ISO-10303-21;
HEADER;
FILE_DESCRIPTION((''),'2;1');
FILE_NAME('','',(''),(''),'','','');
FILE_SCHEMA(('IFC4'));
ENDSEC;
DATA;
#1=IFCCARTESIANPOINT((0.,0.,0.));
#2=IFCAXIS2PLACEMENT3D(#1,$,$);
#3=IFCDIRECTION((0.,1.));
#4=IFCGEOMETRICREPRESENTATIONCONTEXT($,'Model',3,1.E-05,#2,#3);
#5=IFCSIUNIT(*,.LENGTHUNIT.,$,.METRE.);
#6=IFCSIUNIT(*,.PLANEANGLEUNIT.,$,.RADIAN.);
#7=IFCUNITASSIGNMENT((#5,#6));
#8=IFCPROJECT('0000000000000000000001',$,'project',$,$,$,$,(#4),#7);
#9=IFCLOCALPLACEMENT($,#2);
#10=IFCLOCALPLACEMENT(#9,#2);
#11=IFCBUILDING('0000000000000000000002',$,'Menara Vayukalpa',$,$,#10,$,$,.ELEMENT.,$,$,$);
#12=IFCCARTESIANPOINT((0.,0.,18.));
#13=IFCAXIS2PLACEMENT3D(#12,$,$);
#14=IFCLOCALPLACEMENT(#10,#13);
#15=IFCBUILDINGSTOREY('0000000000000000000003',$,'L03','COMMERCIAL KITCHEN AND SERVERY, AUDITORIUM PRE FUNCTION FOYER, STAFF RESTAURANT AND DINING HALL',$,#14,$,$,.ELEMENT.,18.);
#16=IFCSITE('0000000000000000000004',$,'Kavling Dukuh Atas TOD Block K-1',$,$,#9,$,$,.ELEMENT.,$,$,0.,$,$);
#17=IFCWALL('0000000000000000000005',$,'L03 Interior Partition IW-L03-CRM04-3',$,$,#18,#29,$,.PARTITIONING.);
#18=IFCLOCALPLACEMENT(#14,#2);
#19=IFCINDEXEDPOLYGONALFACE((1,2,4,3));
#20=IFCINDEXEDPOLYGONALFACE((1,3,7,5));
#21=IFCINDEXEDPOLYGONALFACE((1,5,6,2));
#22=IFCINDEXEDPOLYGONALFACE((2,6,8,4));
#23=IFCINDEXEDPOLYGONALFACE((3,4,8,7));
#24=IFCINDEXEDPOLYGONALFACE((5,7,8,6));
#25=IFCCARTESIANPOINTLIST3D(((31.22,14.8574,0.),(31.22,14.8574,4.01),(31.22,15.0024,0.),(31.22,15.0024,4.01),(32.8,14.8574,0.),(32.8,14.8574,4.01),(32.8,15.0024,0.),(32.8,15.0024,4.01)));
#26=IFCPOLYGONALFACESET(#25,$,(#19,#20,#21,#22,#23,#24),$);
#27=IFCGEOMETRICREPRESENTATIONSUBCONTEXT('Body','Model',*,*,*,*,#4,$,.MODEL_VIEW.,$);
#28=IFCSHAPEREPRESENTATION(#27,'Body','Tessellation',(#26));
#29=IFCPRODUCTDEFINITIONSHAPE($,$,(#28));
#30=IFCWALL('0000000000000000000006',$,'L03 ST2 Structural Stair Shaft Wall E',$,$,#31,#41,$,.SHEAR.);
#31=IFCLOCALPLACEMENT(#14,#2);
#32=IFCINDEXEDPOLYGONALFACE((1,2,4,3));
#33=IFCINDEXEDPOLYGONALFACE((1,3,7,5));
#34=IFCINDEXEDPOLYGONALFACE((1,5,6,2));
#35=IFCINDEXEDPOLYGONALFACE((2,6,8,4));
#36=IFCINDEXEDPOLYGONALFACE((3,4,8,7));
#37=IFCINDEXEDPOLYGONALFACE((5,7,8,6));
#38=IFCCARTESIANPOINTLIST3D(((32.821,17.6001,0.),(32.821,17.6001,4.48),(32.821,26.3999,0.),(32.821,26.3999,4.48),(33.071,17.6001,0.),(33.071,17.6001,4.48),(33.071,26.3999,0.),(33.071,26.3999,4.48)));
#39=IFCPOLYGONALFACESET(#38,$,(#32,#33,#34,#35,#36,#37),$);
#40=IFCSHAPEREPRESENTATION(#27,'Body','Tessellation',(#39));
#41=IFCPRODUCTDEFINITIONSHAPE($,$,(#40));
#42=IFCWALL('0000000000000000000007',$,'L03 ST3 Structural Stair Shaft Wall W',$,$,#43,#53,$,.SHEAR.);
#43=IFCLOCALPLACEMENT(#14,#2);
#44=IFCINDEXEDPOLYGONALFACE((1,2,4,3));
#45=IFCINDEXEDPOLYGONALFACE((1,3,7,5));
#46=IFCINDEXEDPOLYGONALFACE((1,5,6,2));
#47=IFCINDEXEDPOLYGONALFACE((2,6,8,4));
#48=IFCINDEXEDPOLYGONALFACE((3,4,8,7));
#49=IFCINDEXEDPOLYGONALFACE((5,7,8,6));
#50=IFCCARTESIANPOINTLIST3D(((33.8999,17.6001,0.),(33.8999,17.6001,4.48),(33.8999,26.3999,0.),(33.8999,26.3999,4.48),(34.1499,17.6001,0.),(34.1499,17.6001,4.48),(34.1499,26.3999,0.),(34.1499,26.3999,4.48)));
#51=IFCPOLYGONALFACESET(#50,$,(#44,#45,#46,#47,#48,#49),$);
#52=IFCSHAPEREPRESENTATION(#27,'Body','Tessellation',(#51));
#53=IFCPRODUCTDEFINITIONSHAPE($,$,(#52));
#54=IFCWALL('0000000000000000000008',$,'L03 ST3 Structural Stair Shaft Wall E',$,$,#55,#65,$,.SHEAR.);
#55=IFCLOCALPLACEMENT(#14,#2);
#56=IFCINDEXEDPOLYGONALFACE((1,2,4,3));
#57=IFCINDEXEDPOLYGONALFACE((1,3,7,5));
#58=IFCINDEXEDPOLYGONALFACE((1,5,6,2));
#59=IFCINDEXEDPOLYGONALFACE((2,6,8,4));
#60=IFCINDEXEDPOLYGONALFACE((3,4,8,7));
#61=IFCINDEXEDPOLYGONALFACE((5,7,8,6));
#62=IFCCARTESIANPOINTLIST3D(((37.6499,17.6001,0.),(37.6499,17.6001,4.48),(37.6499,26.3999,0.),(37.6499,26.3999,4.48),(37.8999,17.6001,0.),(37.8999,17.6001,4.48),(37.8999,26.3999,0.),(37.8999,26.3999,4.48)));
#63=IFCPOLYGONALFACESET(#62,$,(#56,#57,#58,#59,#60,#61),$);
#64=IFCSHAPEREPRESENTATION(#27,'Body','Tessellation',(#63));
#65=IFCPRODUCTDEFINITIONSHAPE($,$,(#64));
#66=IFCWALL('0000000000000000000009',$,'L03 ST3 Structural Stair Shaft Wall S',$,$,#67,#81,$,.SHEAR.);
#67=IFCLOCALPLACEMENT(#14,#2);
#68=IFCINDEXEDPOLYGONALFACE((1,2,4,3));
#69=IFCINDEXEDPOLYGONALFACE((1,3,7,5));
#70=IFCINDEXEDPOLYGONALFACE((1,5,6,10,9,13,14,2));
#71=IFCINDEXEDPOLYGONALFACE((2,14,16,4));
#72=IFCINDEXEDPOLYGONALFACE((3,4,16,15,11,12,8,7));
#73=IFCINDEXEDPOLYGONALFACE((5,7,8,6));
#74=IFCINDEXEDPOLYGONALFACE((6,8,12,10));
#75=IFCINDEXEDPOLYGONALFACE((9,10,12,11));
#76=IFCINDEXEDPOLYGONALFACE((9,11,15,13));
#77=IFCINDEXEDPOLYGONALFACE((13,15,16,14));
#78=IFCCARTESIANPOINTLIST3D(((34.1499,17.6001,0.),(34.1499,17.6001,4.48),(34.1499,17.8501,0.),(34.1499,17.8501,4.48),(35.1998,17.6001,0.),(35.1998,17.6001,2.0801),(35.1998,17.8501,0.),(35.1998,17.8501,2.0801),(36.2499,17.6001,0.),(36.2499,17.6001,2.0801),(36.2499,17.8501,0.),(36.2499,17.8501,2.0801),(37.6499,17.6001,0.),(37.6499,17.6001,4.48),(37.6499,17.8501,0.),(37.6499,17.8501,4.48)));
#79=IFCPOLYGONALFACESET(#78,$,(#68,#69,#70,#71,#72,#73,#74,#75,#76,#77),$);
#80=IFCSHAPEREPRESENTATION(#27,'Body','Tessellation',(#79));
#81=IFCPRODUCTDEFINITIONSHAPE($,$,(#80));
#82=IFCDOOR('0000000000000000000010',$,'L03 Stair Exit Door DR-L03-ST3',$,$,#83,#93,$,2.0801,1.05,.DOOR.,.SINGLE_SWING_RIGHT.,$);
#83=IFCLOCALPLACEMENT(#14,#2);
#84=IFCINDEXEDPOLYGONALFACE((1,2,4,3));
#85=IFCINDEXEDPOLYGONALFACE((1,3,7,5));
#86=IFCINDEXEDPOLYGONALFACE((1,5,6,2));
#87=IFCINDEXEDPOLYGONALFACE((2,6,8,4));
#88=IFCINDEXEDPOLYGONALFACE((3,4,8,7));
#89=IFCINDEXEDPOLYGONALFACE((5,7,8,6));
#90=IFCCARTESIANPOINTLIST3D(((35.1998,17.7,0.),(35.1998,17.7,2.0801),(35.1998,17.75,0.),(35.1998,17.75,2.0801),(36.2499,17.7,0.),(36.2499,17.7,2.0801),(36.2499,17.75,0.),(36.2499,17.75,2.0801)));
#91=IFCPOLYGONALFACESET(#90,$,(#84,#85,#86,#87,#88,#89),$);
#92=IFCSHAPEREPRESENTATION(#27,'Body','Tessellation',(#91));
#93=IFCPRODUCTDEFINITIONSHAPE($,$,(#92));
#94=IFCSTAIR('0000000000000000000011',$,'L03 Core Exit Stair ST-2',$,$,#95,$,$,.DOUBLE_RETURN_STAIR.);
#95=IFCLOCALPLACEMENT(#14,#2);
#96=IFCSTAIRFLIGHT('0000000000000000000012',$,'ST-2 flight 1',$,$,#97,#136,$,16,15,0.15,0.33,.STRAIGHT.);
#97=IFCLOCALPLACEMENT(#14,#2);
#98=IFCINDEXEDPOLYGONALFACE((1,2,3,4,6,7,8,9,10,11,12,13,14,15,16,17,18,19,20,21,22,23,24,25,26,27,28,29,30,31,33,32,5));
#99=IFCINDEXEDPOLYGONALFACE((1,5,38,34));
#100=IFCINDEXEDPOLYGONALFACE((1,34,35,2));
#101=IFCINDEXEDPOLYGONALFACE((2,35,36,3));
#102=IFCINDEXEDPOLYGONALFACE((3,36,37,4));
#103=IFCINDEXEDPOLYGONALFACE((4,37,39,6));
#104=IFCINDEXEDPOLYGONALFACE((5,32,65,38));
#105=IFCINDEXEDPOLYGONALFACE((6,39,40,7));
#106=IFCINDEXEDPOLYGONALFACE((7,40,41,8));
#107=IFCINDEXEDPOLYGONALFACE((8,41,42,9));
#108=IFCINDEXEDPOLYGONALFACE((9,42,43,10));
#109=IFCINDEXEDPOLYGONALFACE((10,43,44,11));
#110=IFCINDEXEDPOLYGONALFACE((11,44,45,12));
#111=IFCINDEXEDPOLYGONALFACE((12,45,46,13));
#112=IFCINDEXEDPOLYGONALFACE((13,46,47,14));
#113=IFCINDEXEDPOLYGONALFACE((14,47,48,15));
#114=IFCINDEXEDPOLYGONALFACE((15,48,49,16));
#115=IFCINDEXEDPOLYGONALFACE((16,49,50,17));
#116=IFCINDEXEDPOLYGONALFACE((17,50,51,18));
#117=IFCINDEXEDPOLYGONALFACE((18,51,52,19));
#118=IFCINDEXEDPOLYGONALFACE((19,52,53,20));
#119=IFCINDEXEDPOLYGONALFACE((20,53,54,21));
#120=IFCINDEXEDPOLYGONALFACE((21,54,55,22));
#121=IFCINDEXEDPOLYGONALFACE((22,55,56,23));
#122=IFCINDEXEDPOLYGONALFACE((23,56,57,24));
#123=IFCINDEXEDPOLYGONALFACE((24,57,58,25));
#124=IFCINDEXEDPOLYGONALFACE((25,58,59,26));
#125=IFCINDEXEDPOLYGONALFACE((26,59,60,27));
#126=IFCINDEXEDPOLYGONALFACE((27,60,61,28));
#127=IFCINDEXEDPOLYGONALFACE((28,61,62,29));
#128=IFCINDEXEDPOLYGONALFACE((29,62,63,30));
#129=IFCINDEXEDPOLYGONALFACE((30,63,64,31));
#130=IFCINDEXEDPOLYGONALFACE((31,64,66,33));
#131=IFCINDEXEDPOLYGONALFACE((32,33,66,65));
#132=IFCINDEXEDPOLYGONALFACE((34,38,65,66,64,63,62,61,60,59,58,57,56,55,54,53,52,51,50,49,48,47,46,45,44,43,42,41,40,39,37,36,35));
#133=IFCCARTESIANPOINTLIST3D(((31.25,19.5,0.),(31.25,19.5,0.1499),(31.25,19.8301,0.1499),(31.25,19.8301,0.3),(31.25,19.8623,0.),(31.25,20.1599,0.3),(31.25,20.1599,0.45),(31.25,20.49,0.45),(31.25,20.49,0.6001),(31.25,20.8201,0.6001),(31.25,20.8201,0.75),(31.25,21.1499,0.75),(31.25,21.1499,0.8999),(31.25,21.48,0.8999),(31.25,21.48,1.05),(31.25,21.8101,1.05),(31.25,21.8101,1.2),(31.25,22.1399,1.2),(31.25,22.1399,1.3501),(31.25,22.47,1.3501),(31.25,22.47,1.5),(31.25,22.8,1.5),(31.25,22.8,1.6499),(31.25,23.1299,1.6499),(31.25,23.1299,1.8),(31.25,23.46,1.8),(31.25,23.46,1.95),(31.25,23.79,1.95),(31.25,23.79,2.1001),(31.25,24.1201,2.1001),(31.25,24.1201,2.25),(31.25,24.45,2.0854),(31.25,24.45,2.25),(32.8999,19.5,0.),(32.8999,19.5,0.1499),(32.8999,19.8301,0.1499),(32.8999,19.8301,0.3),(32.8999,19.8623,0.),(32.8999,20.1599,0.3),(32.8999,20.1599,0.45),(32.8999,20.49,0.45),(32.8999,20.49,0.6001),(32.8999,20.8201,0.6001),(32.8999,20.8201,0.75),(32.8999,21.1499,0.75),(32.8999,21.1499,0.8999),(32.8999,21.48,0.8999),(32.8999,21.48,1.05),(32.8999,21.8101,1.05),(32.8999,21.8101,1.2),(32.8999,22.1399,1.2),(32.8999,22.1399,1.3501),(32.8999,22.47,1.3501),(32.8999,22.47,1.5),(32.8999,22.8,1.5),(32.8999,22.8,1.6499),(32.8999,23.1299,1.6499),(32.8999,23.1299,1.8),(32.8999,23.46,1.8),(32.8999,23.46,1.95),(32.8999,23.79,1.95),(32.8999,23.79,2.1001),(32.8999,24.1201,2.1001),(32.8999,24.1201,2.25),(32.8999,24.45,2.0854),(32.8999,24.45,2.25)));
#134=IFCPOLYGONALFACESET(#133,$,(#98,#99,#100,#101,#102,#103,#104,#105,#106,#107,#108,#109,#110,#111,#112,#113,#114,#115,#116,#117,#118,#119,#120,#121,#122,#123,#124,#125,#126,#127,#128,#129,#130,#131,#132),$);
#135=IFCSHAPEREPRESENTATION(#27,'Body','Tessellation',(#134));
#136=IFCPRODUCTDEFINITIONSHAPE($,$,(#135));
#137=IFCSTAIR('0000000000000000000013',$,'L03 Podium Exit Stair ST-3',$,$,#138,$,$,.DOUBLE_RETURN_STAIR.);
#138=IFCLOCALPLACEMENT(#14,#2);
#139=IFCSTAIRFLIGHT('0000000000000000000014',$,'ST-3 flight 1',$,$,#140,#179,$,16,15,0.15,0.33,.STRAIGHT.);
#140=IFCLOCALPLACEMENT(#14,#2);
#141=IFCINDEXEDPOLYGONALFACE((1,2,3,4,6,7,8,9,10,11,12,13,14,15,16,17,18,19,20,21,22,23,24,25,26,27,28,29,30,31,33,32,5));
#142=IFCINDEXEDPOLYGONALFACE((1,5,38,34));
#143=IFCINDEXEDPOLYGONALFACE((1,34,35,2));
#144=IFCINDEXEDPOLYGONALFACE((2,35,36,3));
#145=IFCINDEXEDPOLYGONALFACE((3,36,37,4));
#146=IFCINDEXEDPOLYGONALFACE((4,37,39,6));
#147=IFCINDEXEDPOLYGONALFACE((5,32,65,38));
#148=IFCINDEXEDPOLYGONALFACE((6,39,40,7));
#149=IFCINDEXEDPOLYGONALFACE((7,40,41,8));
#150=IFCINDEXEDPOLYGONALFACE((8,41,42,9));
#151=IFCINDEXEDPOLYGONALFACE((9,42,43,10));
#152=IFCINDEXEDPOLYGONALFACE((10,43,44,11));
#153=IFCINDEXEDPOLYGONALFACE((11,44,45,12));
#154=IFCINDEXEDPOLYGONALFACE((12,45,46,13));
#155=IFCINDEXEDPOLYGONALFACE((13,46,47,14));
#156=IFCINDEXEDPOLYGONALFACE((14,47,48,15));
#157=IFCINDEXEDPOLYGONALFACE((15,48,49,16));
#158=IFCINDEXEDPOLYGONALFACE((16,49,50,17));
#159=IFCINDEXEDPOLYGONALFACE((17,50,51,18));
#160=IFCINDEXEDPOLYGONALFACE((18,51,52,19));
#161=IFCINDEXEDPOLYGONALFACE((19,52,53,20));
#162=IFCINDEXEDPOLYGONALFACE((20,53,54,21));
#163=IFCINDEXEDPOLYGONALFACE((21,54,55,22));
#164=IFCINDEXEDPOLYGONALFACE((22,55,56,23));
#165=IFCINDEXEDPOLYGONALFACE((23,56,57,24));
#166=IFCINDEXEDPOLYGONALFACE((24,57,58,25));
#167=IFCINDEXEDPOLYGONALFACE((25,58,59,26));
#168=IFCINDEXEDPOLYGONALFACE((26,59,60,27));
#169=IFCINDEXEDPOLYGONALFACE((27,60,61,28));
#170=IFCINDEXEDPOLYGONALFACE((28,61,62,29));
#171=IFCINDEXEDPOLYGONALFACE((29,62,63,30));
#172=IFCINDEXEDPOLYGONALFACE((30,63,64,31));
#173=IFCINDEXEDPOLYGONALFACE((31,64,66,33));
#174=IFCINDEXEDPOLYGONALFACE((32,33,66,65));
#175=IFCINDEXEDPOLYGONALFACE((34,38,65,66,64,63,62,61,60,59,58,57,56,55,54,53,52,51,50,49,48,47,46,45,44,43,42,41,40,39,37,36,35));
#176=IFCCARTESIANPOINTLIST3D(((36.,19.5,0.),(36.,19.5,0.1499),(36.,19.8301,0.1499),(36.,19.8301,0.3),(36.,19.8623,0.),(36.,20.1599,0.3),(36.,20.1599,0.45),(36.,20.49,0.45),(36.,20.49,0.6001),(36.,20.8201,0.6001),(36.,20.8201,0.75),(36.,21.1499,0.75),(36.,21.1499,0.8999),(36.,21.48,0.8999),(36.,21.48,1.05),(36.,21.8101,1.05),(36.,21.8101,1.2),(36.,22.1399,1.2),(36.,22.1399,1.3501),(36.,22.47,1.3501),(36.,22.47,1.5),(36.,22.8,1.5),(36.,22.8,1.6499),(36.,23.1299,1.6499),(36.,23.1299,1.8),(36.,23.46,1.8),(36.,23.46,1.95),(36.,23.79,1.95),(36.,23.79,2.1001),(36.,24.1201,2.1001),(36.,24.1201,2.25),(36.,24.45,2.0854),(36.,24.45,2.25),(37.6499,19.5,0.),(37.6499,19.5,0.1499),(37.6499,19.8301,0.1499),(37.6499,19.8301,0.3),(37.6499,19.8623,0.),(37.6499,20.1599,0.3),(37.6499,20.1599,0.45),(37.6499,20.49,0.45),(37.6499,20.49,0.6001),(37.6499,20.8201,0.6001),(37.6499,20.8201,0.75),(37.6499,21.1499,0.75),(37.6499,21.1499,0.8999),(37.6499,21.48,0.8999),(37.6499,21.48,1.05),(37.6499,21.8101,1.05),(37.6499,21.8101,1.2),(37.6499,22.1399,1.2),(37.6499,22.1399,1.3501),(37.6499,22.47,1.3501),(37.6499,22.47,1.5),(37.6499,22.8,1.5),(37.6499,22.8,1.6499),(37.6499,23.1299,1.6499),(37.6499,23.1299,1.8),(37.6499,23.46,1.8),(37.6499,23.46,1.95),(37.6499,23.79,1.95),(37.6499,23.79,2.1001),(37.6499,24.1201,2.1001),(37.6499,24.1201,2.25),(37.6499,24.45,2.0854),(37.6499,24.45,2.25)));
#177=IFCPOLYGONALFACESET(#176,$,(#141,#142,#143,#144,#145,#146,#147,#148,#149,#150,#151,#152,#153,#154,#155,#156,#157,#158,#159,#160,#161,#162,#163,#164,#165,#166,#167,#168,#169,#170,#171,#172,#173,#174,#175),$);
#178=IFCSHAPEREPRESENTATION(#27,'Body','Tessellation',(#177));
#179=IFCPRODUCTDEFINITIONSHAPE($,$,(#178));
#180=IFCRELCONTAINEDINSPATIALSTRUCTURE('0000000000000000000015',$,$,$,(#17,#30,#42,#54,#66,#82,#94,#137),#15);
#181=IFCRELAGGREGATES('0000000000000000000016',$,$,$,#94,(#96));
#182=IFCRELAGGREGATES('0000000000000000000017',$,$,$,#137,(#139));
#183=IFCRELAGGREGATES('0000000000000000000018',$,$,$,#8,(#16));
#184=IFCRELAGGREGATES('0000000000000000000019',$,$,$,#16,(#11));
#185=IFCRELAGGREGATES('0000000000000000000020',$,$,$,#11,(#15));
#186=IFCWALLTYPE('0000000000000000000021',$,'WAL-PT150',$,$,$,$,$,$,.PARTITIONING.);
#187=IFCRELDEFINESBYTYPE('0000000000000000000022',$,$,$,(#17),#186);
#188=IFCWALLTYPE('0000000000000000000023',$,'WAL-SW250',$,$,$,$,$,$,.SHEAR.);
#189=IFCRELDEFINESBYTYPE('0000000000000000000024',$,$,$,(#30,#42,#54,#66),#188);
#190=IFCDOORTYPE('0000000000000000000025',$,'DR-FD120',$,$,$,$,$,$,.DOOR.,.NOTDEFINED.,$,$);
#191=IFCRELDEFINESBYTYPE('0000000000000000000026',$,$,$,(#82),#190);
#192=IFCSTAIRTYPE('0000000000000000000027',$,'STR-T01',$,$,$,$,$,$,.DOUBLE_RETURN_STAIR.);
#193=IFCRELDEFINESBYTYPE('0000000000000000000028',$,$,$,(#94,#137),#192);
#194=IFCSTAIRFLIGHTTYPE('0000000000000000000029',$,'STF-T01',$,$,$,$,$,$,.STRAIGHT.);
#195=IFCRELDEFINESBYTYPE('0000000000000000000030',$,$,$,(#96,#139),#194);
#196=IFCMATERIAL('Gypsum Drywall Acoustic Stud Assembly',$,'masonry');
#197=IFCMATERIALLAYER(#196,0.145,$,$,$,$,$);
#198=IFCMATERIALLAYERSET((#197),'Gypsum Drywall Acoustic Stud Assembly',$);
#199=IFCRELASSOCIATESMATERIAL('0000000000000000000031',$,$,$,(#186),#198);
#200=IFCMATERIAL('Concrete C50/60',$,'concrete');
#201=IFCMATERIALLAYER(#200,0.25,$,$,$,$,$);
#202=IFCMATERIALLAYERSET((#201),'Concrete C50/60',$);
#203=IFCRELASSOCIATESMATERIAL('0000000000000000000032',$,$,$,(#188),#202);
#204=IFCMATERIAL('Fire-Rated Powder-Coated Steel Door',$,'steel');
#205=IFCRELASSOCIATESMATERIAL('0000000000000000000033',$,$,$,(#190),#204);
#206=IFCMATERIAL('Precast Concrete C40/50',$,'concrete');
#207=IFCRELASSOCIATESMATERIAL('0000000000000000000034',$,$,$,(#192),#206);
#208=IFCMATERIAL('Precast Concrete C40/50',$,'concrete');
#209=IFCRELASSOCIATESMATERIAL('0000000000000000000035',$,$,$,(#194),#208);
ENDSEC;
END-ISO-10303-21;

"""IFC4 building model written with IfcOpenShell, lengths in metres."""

from ifc_helpers import new_model, si_unit, direction, frame, frame_2d, origin, place, context, subcontext, project, spatial, polyline, rectangle, outline, extrude, material, layer, layer_set, type_object, element, fill, aggregate, save


model = new_model("IFC4")

# Units and contexts
model_context = context("Model", 3, precision=1e-05, world=origin(), true_north=direction((0.0, 1.0)))
body_context = subcontext(model_context, "Body", "Model", "MODEL_VIEW")
ifc_project = project(units=[si_unit("LENGTHUNIT", "METRE"), si_unit("PLANEANGLEUNIT", "RADIAN")], contexts=[model_context])

# Site, building, storey
site_placement = place(None, origin())
site = spatial("IfcSite", under=ifc_project, at=site_placement, Name="Kavling Dukuh Atas TOD Block K-1", CompositionType="ELEMENT", RefElevation=0.0)
building_placement = place(site_placement, origin())
building = spatial("IfcBuilding", under=site, at=building_placement, Name="Menara Vayukalpa", CompositionType="ELEMENT")
storey_placement = place(building_placement, frame((0.0, 0.0, 18.0)))
storey = spatial("IfcBuildingStorey", under=building, at=storey_placement, Name="L03", Description="COMMERCIAL KITCHEN AND SERVERY, AUDITORIUM PRE FUNCTION FOYER, STAFF RESTAURANT AND DINING HALL", CompositionType="ELEMENT", Elevation=18.0)

# Walls
ifc_material_1 = material(Name="Gypsum Drywall Acoustic Stud Assembly", Category="masonry")
ifc_layer_1 = layer(ifc_material_1, 0.145)
ifc_layer_set_1 = layer_set([ifc_layer_1], Name="Gypsum Drywall Acoustic Stud Assembly")
wall_type_1 = type_object("IfcWallType", Name="WAL-PT150", PredefinedType="PARTITIONING", material=ifc_layer_set_1)
wall_1_placement = place(storey_placement, frame((32.8, 14.9299, 0.0), z_axis=(0.0, 0.0, 1.0), x_axis=(-1.0, 0.0, 0.0)))
element("IfcWall", 1, at=wall_1_placement, inside=storey, type_object=wall_type_1, Name="L03 Interior Partition IW-L03-CRM04-3", PredefinedType="PARTITIONING", context=body_context, shape_type="SweptSolid", body=[
    extrude(rectangle(XDim=1.5801, YDim=0.145, at=frame_2d((0.79, 0.0))), origin(), (0.0, 0.0, 1.0), 4.01),
])
ifc_material_2 = material(Name="Concrete C50/60", Category="concrete")
ifc_layer_2 = layer(ifc_material_2, 0.25)
ifc_layer_set_2 = layer_set([ifc_layer_2], Name="Concrete C50/60")
wall_type_2 = type_object("IfcWallType", Name="WAL-SW250", PredefinedType="SHEAR", material=ifc_layer_set_2)
for number, where, z_axis, x_axis, name in (
    (2, (32.946, 17.6001, 0.0), (0.0, 0.0, 1.0), (0.0, 1.0, 0.0), "L03 ST2 Structural Stair Shaft Wall E"),
    (3, (34.0249, 17.6001, 0.0), (0.0, 0.0, 1.0), (0.0, 1.0, 0.0), "L03 ST3 Structural Stair Shaft Wall W"),
    (4, (37.7749, 17.6001, 0.0), (0.0, 0.0, 1.0), (0.0, 1.0, 0.0), "L03 ST3 Structural Stair Shaft Wall E"),
):
    element("IfcWall", number, at=place(storey_placement, frame(where, z_axis=z_axis, x_axis=x_axis)), inside=storey, type_object=wall_type_2, Name=name, PredefinedType="SHEAR", context=body_context, shape_type="SweptSolid", body=[
        extrude(rectangle(XDim=8.7998, YDim=0.25, at=frame_2d((4.3999, 0.0))), origin(), (0.0, 0.0, 1.0), 4.48),
    ])

# Wall, opening, door
wall_2_placement = place(storey_placement, frame((34.1499, 17.7251, 0.0), z_axis=(0.0, 0.0, 1.0), x_axis=(1.0, 0.0, 0.0)))
wall_2 = element("IfcWall", 5, at=wall_2_placement, inside=storey, type_object=wall_type_2, Name="L03 ST3 Structural Stair Shaft Wall S", PredefinedType="SHEAR", context=body_context, shape_type="SweptSolid", body=[
    extrude(rectangle(XDim=3.5, YDim=0.25, at=frame_2d((1.75, 0.0))), origin(), (0.0, 0.0, 1.0), 4.48),
])
opening_placement = place(wall_2_placement, frame((1.05, 0.0, 0.0)))
opening = element("IfcOpeningElement", 6, at=opening_placement, cuts=wall_2, PredefinedType="OPENING", context=body_context, shape_type="SweptSolid", body=[
    extrude(rectangle(XDim=1.05, YDim=2.0801, at=frame_2d((0.5249, 1.04))), frame((0.0, 0.135, 0.0), z_axis=(0.0, -1.0, 0.0), x_axis=(1.0, 0.0, 0.0)), (0.0, 0.0, 1.0), 0.27),
])
ifc_material_3 = material(Name="Fire-Rated Powder-Coated Steel Door", Category="steel")
door_type = type_object("IfcDoorType", Name="DR-FD120", OperationType="NOTDEFINED", PredefinedType="DOOR", material=ifc_material_3)
door_placement = place(opening_placement, origin())
door = element("IfcDoor", 7, at=door_placement, inside=storey, type_object=door_type, Name="L03 Stair Exit Door DR-L03-ST3", OperationType="SINGLE_SWING_RIGHT", OverallHeight=2.0801, OverallWidth=1.05, PredefinedType="DOOR", context=body_context, shape_type="SweptSolid", body=[
    extrude(rectangle(XDim=1.05, YDim=2.0801, at=frame_2d((0.5249, 1.04))), frame((0.0, 0.0249, 0.0), z_axis=(0.0, -1.0, 0.0), x_axis=(1.0, 0.0, 0.0)), (0.0, 0.0, 1.0), 0.05),
])
fill(opening, door)

# Stairs, stair flights
ifc_material_4 = material(Name="Precast Concrete C40/50", Category="concrete")
stair_type = type_object("IfcStairType", Name="STR-T01", PredefinedType="DOUBLE_RETURN_STAIR", material=ifc_material_4)
stair_1_placement = place(storey_placement, origin())
stair_1 = element("IfcStair", 8, at=stair_1_placement, inside=storey, type_object=stair_type, Name="L03 Core Exit Stair ST-2", PredefinedType="DOUBLE_RETURN_STAIR")
ifc_material_5 = material(Name="Precast Concrete C40/50", Category="concrete")
stair_flight_type = type_object("IfcStairFlightType", Name="STF-T01", PredefinedType="STRAIGHT", material=ifc_material_5)
stair_flight_1_placement = place(storey_placement, frame((32.075, 19.5, 0.0), z_axis=(0.0, 0.0, 1.0), x_axis=(0.0, 1.0, 0.0)))
stair_flight_1 = element("IfcStairFlight", 9, at=stair_flight_1_placement, type_object=stair_flight_type, Name="ST-2 flight 1", NumberOfRisers=16, NumberOfTreads=15, PredefinedType="STRAIGHT", RiserHeight=0.15, TreadLength=0.33, context=body_context, shape_type="SweptSolid", body=[
    extrude(outline(polyline([(0.0, 0.0), (0.0, 0.1499), (0.3301, 0.1499), (0.3301, 0.3), (0.6599, 0.3), (0.6599, 0.45), (0.99, 0.45), (0.99, 0.6001), (1.3201, 0.6001), (1.3201, 0.75), (1.6499, 0.75), (1.6499, 0.8999), (1.98, 0.8999), (1.98, 1.05), (2.3101, 1.05), (2.3101, 1.2), (2.6399, 1.2), (2.6399, 1.3501), (2.97, 1.3501), (2.97, 1.5), (3.3, 1.5), (3.3, 1.6499), (3.6299, 1.6499), (3.6299, 1.8), (3.96, 1.8), (3.96, 1.95), (4.29, 1.95), (4.29, 2.1001), (4.6201, 2.1001), (4.6201, 2.25), (4.95, 2.25), (4.95, 2.3999), (4.95, 2.0854), (0.3623, 0.0), (0.0, 0.0)])), frame((0.0, 0.825, 0.0), z_axis=(0.0, -1.0, 0.0), x_axis=(1.0, 0.0, 0.0)), (0.0, 0.0, 1.0), 1.6499),
])
aggregate(stair_1, [stair_flight_1])
stair_2_placement = place(storey_placement, origin())
stair_2 = element("IfcStair", 10, at=stair_2_placement, inside=storey, type_object=stair_type, Name="L03 Podium Exit Stair ST-3", PredefinedType="DOUBLE_RETURN_STAIR")
stair_flight_2_placement = place(storey_placement, frame((36.825, 19.5, 0.0), z_axis=(0.0, 0.0, 1.0), x_axis=(0.0, 1.0, 0.0)))
stair_flight_2 = element("IfcStairFlight", 11, at=stair_flight_2_placement, type_object=stair_flight_type, Name="ST-3 flight 1", NumberOfRisers=16, NumberOfTreads=15, PredefinedType="STRAIGHT", RiserHeight=0.15, TreadLength=0.33, context=body_context, shape_type="SweptSolid", body=[
    extrude(outline(polyline([(0.0, 0.0), (0.0, 0.1499), (0.3301, 0.1499), (0.3301, 0.3), (0.6599, 0.3), (0.6599, 0.45), (0.99, 0.45), (0.99, 0.6001), (1.3201, 0.6001), (1.3201, 0.75), (1.6499, 0.75), (1.6499, 0.8999), (1.98, 0.8999), (1.98, 1.05), (2.3101, 1.05), (2.3101, 1.2), (2.6399, 1.2), (2.6399, 1.3501), (2.97, 1.3501), (2.97, 1.5), (3.3, 1.5), (3.3, 1.6499), (3.6299, 1.6499), (3.6299, 1.8), (3.96, 1.8), (3.96, 1.95), (4.29, 1.95), (4.29, 2.1001), (4.6201, 2.1001), (4.6201, 2.25), (4.95, 2.25), (4.95, 2.3999), (4.95, 2.0854), (0.3623, 0.0), (0.0, 0.0)])), frame((0.0, 0.825, 0.0), z_axis=(0.0, -1.0, 0.0), x_axis=(1.0, 0.0, 0.0)), (0.0, 0.0, 1.0), 1.6499),
])
aggregate(stair_2, [stair_flight_2])

save(model, "model.ifc")
